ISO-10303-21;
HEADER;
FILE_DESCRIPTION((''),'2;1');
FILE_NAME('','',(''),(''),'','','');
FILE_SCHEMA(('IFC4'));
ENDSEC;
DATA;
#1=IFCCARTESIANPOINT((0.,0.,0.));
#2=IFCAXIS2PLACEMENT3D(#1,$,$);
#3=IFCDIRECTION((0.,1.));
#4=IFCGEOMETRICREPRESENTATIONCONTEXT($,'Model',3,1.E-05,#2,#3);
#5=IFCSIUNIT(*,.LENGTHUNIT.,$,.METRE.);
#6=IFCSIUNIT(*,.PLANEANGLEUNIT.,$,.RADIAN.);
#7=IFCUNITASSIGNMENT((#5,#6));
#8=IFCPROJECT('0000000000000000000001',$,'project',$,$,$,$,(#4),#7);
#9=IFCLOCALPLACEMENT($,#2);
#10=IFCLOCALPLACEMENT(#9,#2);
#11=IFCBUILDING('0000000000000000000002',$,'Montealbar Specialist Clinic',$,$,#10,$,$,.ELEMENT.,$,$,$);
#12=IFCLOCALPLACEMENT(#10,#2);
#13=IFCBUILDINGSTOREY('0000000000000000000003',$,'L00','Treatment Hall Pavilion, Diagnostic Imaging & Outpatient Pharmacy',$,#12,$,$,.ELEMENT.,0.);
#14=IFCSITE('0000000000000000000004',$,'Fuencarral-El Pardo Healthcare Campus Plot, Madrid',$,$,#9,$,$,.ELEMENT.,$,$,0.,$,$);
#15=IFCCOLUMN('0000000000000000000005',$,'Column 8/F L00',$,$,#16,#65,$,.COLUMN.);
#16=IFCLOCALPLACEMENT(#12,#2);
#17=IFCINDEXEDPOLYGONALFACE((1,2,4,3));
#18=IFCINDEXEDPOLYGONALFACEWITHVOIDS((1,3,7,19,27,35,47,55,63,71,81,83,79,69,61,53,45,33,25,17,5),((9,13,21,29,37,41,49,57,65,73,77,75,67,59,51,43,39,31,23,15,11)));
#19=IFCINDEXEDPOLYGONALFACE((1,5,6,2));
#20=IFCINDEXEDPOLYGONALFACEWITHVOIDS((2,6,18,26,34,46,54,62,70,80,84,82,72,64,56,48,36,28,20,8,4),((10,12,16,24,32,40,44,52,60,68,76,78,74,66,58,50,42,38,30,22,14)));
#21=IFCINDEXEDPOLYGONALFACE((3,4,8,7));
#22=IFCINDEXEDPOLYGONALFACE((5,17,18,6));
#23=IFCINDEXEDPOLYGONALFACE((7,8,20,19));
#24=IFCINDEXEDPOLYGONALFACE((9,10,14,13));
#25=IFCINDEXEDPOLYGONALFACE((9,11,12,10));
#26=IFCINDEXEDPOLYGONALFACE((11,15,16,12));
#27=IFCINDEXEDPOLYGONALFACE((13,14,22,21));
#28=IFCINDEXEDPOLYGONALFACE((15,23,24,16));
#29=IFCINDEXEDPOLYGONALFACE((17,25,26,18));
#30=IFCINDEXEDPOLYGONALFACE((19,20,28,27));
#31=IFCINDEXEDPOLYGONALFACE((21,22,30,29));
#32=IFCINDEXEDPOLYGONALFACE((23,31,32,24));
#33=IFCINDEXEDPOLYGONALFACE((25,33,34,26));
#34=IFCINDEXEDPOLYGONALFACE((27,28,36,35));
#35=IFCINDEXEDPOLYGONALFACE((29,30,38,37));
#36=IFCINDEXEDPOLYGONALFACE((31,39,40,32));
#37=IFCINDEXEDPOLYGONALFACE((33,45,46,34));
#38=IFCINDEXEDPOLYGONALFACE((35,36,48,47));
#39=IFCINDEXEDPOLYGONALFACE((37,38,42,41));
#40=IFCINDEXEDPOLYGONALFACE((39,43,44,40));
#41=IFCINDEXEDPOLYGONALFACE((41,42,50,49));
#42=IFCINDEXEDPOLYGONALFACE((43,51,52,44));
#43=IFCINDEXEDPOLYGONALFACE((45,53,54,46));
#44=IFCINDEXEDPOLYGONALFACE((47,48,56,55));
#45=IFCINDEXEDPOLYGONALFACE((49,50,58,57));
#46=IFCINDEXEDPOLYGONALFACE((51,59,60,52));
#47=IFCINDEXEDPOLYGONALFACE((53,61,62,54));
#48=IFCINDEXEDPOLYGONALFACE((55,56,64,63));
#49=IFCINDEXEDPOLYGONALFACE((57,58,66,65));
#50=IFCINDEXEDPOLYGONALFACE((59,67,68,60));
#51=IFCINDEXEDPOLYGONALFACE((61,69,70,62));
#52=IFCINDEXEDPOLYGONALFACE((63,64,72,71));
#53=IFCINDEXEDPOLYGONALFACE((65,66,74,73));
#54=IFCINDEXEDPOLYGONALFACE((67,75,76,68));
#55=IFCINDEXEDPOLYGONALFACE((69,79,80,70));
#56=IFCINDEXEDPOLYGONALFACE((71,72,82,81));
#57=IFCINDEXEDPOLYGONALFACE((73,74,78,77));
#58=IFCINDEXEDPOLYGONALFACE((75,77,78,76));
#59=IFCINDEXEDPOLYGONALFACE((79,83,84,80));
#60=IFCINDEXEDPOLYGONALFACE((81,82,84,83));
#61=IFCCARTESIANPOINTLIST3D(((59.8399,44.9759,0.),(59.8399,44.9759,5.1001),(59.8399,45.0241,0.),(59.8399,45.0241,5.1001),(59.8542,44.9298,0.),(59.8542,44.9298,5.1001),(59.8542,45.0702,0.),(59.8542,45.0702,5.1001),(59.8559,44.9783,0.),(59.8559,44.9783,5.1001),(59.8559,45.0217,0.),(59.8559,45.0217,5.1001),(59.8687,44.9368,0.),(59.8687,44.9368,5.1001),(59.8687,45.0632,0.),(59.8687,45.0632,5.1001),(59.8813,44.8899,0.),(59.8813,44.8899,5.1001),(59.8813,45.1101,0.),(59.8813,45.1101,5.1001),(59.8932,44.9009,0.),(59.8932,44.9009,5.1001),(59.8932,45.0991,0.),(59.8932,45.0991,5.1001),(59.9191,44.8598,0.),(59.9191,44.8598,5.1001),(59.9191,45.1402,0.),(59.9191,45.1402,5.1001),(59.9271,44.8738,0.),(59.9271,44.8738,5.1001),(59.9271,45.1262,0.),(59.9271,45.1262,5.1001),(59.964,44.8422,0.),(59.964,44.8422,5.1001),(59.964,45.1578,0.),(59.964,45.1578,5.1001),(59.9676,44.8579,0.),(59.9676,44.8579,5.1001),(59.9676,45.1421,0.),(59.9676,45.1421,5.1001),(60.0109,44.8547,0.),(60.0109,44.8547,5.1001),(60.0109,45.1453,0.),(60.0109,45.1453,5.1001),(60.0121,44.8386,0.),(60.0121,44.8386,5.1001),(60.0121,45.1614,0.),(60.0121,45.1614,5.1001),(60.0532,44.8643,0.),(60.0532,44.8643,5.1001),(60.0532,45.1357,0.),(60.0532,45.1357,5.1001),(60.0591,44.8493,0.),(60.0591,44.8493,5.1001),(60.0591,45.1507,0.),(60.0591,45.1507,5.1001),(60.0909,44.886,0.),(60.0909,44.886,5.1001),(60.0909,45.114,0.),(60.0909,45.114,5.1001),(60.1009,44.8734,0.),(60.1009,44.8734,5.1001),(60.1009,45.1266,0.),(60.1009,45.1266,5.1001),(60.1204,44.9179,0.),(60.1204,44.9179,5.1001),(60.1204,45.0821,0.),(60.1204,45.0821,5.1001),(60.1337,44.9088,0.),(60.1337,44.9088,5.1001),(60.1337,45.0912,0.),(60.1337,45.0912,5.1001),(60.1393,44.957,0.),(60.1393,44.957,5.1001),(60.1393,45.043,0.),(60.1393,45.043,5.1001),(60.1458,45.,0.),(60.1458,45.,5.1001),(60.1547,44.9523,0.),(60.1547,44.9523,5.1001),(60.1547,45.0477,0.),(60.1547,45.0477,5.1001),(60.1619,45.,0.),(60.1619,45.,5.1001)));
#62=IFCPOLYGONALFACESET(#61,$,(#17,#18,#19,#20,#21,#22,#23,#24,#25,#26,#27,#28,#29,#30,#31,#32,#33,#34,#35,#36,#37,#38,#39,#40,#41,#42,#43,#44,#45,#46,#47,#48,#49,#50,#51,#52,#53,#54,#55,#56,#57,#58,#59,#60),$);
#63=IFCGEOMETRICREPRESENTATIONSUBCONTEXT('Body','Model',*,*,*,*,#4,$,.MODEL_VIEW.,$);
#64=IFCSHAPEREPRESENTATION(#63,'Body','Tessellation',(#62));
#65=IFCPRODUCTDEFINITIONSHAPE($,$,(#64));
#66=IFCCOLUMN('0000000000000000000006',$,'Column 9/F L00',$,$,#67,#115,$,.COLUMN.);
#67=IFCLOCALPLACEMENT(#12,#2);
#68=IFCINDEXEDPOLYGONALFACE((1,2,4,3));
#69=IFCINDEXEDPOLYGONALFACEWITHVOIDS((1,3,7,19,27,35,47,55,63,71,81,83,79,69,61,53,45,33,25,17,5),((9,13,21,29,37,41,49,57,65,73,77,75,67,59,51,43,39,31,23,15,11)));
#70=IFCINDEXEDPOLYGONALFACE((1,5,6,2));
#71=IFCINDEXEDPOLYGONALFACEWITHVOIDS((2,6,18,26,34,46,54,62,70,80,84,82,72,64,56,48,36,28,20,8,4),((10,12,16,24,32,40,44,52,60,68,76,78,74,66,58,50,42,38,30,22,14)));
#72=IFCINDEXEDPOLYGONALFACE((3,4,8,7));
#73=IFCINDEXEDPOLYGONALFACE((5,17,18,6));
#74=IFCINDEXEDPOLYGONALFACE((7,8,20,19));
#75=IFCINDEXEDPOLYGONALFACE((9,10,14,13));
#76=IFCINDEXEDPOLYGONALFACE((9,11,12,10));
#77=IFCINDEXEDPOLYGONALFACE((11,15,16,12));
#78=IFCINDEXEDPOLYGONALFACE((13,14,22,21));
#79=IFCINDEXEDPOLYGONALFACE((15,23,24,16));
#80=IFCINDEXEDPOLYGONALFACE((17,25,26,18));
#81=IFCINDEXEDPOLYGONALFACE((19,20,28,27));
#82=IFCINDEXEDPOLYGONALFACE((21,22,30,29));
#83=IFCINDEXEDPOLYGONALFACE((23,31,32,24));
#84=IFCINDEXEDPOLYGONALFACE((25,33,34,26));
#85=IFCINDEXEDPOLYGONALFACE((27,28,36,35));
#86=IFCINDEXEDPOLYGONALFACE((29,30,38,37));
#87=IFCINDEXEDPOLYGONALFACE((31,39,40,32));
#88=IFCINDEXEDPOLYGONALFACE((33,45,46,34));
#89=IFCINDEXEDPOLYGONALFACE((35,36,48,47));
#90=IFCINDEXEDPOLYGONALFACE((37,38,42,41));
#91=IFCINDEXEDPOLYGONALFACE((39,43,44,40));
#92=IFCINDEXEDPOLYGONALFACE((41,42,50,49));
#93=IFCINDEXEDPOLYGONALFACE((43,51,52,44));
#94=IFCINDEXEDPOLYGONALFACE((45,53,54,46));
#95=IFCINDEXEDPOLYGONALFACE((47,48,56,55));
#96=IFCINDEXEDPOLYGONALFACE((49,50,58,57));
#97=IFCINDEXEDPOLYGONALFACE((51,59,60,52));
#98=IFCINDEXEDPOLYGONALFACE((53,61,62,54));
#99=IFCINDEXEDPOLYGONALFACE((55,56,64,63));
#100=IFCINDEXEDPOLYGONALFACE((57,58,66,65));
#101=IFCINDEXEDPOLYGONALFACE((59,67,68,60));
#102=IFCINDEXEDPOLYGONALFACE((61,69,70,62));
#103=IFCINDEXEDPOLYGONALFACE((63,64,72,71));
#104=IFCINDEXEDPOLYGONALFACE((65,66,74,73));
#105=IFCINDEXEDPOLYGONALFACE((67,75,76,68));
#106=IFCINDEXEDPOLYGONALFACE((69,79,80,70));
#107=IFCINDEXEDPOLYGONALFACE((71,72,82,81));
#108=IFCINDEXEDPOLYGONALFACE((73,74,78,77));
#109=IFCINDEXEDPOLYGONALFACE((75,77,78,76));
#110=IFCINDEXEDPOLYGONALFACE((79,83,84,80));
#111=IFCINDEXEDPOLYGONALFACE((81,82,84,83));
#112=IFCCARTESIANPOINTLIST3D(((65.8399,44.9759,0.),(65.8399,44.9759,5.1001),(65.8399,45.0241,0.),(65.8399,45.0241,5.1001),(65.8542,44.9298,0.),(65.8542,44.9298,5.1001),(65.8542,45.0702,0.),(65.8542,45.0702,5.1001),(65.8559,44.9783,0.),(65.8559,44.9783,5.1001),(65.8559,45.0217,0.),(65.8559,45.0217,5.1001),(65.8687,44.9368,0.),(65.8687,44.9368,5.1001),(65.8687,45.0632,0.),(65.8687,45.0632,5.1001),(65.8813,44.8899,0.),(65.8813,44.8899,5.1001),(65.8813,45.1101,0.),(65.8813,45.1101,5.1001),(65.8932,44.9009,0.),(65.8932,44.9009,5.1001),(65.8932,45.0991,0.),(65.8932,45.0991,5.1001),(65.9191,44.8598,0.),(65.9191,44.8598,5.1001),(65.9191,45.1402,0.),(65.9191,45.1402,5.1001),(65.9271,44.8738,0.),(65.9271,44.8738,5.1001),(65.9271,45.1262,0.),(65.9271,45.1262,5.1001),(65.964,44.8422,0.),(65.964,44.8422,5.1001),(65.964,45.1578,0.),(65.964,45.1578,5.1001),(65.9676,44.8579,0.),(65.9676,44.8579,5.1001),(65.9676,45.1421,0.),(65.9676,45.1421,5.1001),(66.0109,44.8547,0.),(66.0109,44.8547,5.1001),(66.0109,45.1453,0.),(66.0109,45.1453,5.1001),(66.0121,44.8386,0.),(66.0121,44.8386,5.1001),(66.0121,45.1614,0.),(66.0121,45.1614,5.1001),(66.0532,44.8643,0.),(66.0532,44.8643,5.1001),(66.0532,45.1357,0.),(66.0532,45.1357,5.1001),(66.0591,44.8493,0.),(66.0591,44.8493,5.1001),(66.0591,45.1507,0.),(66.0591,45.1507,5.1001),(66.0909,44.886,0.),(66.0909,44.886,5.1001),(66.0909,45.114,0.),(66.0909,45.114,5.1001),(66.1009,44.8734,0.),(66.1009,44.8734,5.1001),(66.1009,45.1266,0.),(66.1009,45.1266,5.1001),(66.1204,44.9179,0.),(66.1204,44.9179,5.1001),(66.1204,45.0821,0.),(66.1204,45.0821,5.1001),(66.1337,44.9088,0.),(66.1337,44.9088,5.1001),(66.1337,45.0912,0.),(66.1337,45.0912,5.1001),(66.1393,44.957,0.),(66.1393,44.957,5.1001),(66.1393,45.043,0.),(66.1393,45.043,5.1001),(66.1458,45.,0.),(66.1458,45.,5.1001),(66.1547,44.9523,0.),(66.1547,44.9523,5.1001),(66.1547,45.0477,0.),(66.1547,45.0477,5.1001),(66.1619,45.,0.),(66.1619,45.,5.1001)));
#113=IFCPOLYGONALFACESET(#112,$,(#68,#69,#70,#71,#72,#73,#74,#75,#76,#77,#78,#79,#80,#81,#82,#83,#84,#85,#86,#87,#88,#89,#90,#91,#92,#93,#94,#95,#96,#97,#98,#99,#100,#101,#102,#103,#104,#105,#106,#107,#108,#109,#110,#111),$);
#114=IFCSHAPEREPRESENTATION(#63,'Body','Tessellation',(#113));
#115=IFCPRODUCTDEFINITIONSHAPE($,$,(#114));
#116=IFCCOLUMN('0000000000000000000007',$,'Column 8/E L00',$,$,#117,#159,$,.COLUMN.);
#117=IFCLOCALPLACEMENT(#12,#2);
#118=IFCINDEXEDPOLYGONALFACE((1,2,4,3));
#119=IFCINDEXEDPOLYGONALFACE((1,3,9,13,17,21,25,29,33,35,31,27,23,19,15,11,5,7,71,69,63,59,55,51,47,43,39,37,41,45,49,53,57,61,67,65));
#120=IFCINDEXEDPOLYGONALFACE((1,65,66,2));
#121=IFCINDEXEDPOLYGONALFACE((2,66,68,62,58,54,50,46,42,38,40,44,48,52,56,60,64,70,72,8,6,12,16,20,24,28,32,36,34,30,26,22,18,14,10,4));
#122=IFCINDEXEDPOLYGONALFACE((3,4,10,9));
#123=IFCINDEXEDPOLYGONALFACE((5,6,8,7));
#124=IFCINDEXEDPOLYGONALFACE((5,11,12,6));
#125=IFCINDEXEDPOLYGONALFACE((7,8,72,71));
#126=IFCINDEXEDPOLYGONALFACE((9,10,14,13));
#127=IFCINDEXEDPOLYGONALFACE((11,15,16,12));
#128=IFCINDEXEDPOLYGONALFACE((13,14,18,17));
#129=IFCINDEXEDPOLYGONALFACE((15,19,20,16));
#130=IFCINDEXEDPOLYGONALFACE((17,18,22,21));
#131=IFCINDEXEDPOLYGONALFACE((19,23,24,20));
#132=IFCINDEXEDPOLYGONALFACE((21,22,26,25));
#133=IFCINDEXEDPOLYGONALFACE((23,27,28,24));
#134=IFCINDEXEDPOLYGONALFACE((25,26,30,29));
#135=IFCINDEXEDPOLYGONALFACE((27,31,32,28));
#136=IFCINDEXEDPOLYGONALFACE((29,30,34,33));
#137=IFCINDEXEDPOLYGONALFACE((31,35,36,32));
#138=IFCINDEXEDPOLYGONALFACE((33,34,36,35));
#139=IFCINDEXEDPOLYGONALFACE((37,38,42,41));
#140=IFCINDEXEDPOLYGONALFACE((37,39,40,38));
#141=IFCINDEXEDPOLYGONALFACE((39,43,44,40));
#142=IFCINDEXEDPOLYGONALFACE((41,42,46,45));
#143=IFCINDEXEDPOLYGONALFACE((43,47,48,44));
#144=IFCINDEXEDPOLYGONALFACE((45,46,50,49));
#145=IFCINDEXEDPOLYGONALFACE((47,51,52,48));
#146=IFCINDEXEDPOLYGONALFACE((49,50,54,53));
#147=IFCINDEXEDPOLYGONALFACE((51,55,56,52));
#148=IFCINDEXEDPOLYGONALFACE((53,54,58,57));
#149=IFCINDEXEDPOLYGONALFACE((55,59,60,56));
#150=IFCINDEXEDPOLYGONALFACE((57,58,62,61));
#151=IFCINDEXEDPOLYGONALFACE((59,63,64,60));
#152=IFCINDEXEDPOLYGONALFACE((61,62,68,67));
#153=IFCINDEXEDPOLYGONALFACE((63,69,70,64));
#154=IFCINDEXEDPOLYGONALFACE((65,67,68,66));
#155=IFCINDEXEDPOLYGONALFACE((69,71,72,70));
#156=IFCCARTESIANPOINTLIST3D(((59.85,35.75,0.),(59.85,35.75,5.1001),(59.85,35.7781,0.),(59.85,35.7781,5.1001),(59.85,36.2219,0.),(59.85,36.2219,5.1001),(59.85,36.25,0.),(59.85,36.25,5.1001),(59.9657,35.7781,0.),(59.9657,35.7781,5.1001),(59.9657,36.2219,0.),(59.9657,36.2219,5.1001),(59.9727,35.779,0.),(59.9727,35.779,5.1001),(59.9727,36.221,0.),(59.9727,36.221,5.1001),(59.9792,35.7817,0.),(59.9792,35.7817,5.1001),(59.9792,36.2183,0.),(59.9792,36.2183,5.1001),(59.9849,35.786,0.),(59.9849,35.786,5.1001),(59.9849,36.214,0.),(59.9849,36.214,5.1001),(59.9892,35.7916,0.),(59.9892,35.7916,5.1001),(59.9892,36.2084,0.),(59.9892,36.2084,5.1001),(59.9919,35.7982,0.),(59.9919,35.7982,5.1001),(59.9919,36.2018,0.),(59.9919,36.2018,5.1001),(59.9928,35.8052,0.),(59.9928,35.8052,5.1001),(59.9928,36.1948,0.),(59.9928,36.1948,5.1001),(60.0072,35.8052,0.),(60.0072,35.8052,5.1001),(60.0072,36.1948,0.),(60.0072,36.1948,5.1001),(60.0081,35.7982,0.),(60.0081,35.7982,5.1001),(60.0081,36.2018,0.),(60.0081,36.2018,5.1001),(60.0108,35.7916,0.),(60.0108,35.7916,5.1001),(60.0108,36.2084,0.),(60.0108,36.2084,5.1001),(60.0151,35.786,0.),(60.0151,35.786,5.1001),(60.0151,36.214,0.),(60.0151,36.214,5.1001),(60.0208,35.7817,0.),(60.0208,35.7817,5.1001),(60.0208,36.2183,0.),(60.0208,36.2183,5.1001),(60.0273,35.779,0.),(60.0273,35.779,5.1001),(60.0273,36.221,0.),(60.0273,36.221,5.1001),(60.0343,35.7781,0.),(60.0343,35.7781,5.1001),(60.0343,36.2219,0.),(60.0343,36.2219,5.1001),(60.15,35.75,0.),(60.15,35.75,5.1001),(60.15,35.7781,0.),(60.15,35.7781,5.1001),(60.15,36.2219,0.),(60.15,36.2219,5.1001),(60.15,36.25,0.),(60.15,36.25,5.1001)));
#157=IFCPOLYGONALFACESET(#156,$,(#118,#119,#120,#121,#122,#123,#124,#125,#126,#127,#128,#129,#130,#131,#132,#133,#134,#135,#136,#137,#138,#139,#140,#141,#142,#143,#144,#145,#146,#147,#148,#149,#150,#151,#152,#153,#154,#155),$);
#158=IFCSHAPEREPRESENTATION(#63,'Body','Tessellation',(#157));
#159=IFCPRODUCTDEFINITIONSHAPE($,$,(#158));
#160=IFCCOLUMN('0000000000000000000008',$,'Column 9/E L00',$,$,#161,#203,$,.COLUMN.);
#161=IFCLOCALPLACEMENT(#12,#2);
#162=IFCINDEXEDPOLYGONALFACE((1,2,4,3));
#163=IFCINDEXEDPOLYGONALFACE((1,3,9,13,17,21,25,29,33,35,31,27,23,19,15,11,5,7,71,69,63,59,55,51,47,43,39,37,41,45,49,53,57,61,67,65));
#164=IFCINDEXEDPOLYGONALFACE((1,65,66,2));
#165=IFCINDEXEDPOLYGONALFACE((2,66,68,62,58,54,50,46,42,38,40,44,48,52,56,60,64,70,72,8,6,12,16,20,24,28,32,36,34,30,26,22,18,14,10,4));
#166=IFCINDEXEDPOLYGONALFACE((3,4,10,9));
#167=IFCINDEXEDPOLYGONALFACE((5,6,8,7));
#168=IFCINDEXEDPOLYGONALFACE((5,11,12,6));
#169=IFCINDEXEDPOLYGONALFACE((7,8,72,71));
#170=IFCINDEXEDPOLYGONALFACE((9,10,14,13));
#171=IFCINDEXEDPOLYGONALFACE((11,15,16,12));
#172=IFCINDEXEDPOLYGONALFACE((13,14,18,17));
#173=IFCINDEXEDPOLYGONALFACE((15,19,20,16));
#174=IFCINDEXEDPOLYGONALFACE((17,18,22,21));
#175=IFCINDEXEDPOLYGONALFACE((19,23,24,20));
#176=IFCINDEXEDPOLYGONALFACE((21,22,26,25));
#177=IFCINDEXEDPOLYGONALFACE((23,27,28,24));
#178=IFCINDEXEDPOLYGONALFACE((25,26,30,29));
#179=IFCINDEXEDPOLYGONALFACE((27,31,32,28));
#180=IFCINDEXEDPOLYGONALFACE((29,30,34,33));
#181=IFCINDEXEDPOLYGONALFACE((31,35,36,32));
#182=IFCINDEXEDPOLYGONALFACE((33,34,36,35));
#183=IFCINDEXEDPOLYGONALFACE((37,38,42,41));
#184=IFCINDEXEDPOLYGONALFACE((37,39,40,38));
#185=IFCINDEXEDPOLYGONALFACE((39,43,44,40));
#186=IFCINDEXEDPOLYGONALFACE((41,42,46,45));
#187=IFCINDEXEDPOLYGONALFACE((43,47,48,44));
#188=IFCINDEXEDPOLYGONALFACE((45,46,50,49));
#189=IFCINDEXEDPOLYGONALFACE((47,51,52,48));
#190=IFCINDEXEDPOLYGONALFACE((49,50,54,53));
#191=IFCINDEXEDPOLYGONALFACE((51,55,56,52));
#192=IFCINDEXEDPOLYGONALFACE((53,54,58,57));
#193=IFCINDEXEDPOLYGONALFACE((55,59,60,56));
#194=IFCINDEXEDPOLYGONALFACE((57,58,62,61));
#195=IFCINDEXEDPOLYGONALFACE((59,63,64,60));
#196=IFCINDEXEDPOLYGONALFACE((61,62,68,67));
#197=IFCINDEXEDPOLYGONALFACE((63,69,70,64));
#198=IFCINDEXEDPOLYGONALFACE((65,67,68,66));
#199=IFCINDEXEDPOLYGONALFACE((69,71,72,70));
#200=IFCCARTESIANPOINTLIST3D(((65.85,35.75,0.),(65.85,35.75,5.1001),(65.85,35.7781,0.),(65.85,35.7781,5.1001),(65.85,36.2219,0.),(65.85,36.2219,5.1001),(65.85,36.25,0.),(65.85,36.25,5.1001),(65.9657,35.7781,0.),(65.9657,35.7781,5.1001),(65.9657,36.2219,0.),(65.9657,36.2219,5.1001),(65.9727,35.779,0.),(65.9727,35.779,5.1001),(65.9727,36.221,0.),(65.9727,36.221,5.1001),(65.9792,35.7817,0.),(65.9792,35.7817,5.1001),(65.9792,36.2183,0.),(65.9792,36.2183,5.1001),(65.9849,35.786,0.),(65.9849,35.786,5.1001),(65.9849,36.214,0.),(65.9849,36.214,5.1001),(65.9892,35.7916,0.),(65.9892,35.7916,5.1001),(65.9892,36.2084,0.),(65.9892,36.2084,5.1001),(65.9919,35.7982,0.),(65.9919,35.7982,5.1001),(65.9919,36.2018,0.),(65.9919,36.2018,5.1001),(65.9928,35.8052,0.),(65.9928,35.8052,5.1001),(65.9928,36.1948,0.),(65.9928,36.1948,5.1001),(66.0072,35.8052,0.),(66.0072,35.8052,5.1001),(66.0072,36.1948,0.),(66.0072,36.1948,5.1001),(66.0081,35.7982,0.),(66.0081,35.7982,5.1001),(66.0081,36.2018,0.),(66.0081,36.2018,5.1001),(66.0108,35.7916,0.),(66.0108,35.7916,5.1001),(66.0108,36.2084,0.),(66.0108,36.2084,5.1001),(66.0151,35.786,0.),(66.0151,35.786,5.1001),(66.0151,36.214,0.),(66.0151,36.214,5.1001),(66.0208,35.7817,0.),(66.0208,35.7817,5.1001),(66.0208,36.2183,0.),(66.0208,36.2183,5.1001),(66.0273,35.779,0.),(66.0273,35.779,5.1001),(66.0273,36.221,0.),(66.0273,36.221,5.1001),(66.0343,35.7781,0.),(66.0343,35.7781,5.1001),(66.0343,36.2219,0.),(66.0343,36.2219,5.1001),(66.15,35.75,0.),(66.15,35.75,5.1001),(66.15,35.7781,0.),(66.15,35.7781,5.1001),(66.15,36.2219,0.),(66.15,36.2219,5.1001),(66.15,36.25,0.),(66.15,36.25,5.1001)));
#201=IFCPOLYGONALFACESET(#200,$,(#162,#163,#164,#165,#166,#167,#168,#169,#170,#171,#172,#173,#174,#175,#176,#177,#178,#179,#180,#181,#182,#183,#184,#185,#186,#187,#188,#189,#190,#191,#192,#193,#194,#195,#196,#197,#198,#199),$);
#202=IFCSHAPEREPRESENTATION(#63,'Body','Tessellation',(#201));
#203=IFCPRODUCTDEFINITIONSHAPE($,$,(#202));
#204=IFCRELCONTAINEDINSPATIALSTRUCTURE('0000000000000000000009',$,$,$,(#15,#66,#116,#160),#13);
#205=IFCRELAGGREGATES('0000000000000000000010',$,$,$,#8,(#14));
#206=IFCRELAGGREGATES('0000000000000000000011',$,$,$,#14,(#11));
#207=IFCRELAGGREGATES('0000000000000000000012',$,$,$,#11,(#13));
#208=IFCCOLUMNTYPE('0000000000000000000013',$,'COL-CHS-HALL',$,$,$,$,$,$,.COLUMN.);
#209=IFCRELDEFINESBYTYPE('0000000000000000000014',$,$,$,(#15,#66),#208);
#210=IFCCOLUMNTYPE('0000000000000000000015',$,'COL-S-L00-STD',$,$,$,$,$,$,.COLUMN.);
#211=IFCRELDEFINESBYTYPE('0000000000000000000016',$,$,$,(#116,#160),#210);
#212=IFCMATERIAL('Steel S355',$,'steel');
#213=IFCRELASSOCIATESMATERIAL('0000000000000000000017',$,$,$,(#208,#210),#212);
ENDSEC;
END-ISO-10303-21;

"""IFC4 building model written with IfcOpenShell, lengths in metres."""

from ifc_helpers import new_model, si_unit, direction, frame, origin, origin_2d, place, context, subcontext, project, spatial, hollow_circle, i_section, extrude, material, material_profile, profile_set, type_object, element, save


model = new_model("IFC4")

# Units and contexts
model_context = context("Model", 3, precision=1e-05, world=origin(), true_north=direction((0.0, 1.0)))
body_context = subcontext(model_context, "Body", "Model", "MODEL_VIEW")
ifc_project = project(units=[si_unit("LENGTHUNIT", "METRE"), si_unit("PLANEANGLEUNIT", "RADIAN")], contexts=[model_context])

# Site, building, storey
site_placement = place(None, origin())
site = spatial("IfcSite", under=ifc_project, at=site_placement, Name="Fuencarral-El Pardo Healthcare Campus Plot, Madrid", CompositionType="ELEMENT", RefElevation=0.0)
building_placement = place(site_placement, origin())
building = spatial("IfcBuilding", under=site, at=building_placement, Name="Montealbar Specialist Clinic", CompositionType="ELEMENT")
storey_placement = place(building_placement, origin())
storey = spatial("IfcBuildingStorey", under=building, at=storey_placement, Name="L00", Description="Treatment Hall Pavilion, Diagnostic Imaging & Outpatient Pharmacy", CompositionType="ELEMENT", Elevation=0.0)

# Columns
ifc_material_1 = material(Name="Steel S355", Category="steel")
ifc_material_profile_1 = material_profile(ifc_material_1, hollow_circle(Radius=0.1619, WallThickness=0.0161, at=origin_2d()), Name="CHS 323.9x16.0", Category="steel")
ifc_profile_set_1 = profile_set([ifc_material_profile_1], Name="Steel S355")
column_type_1 = type_object("IfcColumnType", Name="COL-CHS-HALL", PredefinedType="COLUMN", material=ifc_profile_set_1)
for number, where, z_axis, x_axis, name in (
    (1, (60.0, 45.0, 0.0), (0.0, 0.0, 1.0), (1.0, 0.0, 0.0), "Column 8/F L00"),
    (2, (66.0, 45.0, 0.0), (0.0, 0.0, 1.0), (1.0, 0.0, 0.0), "Column 9/F L00"),
):
    element("IfcColumn", number, at=place(storey_placement, frame(where, z_axis=z_axis, x_axis=x_axis)), inside=storey, type_object=column_type_1, Name=name, PredefinedType="COLUMN", context=body_context, shape_type="SweptSolid", body=[
        extrude(hollow_circle(Radius=0.1619, WallThickness=0.0161, at=origin_2d()), origin(), (0.0, 0.0, 1.0), 5.1001),
    ])
ifc_material_profile_2 = material_profile(ifc_material_1, i_section(OverallWidth=0.3, OverallDepth=0.5, WebThickness=0.0144, FlangeThickness=0.0281, FilletRadius=0.0271, at=origin_2d()), Name="HEB 500", Category="steel")
ifc_profile_set_2 = profile_set([ifc_material_profile_2], Name="Steel S355")
column_type_2 = type_object("IfcColumnType", Name="COL-S-L00-STD", PredefinedType="COLUMN", material=ifc_profile_set_2)
for number, where, z_axis, x_axis, name in (
    (3, (60.0, 36.0, 0.0), (0.0, 0.0, 1.0), (1.0, 0.0, 0.0), "Column 8/E L00"),
    (4, (66.0, 36.0, 0.0), (0.0, 0.0, 1.0), (1.0, 0.0, 0.0), "Column 9/E L00"),
):
    element("IfcColumn", number, at=place(storey_placement, frame(where, z_axis=z_axis, x_axis=x_axis)), inside=storey, type_object=column_type_2, Name=name, PredefinedType="COLUMN", context=body_context, shape_type="SweptSolid", body=[
        extrude(i_section(OverallWidth=0.3, OverallDepth=0.5, WebThickness=0.0144, FlangeThickness=0.0281, FilletRadius=0.0271, at=origin_2d()), origin(), (0.0, 0.0, 1.0), 5.1001),
    ])

save(model, "model.ifc")
